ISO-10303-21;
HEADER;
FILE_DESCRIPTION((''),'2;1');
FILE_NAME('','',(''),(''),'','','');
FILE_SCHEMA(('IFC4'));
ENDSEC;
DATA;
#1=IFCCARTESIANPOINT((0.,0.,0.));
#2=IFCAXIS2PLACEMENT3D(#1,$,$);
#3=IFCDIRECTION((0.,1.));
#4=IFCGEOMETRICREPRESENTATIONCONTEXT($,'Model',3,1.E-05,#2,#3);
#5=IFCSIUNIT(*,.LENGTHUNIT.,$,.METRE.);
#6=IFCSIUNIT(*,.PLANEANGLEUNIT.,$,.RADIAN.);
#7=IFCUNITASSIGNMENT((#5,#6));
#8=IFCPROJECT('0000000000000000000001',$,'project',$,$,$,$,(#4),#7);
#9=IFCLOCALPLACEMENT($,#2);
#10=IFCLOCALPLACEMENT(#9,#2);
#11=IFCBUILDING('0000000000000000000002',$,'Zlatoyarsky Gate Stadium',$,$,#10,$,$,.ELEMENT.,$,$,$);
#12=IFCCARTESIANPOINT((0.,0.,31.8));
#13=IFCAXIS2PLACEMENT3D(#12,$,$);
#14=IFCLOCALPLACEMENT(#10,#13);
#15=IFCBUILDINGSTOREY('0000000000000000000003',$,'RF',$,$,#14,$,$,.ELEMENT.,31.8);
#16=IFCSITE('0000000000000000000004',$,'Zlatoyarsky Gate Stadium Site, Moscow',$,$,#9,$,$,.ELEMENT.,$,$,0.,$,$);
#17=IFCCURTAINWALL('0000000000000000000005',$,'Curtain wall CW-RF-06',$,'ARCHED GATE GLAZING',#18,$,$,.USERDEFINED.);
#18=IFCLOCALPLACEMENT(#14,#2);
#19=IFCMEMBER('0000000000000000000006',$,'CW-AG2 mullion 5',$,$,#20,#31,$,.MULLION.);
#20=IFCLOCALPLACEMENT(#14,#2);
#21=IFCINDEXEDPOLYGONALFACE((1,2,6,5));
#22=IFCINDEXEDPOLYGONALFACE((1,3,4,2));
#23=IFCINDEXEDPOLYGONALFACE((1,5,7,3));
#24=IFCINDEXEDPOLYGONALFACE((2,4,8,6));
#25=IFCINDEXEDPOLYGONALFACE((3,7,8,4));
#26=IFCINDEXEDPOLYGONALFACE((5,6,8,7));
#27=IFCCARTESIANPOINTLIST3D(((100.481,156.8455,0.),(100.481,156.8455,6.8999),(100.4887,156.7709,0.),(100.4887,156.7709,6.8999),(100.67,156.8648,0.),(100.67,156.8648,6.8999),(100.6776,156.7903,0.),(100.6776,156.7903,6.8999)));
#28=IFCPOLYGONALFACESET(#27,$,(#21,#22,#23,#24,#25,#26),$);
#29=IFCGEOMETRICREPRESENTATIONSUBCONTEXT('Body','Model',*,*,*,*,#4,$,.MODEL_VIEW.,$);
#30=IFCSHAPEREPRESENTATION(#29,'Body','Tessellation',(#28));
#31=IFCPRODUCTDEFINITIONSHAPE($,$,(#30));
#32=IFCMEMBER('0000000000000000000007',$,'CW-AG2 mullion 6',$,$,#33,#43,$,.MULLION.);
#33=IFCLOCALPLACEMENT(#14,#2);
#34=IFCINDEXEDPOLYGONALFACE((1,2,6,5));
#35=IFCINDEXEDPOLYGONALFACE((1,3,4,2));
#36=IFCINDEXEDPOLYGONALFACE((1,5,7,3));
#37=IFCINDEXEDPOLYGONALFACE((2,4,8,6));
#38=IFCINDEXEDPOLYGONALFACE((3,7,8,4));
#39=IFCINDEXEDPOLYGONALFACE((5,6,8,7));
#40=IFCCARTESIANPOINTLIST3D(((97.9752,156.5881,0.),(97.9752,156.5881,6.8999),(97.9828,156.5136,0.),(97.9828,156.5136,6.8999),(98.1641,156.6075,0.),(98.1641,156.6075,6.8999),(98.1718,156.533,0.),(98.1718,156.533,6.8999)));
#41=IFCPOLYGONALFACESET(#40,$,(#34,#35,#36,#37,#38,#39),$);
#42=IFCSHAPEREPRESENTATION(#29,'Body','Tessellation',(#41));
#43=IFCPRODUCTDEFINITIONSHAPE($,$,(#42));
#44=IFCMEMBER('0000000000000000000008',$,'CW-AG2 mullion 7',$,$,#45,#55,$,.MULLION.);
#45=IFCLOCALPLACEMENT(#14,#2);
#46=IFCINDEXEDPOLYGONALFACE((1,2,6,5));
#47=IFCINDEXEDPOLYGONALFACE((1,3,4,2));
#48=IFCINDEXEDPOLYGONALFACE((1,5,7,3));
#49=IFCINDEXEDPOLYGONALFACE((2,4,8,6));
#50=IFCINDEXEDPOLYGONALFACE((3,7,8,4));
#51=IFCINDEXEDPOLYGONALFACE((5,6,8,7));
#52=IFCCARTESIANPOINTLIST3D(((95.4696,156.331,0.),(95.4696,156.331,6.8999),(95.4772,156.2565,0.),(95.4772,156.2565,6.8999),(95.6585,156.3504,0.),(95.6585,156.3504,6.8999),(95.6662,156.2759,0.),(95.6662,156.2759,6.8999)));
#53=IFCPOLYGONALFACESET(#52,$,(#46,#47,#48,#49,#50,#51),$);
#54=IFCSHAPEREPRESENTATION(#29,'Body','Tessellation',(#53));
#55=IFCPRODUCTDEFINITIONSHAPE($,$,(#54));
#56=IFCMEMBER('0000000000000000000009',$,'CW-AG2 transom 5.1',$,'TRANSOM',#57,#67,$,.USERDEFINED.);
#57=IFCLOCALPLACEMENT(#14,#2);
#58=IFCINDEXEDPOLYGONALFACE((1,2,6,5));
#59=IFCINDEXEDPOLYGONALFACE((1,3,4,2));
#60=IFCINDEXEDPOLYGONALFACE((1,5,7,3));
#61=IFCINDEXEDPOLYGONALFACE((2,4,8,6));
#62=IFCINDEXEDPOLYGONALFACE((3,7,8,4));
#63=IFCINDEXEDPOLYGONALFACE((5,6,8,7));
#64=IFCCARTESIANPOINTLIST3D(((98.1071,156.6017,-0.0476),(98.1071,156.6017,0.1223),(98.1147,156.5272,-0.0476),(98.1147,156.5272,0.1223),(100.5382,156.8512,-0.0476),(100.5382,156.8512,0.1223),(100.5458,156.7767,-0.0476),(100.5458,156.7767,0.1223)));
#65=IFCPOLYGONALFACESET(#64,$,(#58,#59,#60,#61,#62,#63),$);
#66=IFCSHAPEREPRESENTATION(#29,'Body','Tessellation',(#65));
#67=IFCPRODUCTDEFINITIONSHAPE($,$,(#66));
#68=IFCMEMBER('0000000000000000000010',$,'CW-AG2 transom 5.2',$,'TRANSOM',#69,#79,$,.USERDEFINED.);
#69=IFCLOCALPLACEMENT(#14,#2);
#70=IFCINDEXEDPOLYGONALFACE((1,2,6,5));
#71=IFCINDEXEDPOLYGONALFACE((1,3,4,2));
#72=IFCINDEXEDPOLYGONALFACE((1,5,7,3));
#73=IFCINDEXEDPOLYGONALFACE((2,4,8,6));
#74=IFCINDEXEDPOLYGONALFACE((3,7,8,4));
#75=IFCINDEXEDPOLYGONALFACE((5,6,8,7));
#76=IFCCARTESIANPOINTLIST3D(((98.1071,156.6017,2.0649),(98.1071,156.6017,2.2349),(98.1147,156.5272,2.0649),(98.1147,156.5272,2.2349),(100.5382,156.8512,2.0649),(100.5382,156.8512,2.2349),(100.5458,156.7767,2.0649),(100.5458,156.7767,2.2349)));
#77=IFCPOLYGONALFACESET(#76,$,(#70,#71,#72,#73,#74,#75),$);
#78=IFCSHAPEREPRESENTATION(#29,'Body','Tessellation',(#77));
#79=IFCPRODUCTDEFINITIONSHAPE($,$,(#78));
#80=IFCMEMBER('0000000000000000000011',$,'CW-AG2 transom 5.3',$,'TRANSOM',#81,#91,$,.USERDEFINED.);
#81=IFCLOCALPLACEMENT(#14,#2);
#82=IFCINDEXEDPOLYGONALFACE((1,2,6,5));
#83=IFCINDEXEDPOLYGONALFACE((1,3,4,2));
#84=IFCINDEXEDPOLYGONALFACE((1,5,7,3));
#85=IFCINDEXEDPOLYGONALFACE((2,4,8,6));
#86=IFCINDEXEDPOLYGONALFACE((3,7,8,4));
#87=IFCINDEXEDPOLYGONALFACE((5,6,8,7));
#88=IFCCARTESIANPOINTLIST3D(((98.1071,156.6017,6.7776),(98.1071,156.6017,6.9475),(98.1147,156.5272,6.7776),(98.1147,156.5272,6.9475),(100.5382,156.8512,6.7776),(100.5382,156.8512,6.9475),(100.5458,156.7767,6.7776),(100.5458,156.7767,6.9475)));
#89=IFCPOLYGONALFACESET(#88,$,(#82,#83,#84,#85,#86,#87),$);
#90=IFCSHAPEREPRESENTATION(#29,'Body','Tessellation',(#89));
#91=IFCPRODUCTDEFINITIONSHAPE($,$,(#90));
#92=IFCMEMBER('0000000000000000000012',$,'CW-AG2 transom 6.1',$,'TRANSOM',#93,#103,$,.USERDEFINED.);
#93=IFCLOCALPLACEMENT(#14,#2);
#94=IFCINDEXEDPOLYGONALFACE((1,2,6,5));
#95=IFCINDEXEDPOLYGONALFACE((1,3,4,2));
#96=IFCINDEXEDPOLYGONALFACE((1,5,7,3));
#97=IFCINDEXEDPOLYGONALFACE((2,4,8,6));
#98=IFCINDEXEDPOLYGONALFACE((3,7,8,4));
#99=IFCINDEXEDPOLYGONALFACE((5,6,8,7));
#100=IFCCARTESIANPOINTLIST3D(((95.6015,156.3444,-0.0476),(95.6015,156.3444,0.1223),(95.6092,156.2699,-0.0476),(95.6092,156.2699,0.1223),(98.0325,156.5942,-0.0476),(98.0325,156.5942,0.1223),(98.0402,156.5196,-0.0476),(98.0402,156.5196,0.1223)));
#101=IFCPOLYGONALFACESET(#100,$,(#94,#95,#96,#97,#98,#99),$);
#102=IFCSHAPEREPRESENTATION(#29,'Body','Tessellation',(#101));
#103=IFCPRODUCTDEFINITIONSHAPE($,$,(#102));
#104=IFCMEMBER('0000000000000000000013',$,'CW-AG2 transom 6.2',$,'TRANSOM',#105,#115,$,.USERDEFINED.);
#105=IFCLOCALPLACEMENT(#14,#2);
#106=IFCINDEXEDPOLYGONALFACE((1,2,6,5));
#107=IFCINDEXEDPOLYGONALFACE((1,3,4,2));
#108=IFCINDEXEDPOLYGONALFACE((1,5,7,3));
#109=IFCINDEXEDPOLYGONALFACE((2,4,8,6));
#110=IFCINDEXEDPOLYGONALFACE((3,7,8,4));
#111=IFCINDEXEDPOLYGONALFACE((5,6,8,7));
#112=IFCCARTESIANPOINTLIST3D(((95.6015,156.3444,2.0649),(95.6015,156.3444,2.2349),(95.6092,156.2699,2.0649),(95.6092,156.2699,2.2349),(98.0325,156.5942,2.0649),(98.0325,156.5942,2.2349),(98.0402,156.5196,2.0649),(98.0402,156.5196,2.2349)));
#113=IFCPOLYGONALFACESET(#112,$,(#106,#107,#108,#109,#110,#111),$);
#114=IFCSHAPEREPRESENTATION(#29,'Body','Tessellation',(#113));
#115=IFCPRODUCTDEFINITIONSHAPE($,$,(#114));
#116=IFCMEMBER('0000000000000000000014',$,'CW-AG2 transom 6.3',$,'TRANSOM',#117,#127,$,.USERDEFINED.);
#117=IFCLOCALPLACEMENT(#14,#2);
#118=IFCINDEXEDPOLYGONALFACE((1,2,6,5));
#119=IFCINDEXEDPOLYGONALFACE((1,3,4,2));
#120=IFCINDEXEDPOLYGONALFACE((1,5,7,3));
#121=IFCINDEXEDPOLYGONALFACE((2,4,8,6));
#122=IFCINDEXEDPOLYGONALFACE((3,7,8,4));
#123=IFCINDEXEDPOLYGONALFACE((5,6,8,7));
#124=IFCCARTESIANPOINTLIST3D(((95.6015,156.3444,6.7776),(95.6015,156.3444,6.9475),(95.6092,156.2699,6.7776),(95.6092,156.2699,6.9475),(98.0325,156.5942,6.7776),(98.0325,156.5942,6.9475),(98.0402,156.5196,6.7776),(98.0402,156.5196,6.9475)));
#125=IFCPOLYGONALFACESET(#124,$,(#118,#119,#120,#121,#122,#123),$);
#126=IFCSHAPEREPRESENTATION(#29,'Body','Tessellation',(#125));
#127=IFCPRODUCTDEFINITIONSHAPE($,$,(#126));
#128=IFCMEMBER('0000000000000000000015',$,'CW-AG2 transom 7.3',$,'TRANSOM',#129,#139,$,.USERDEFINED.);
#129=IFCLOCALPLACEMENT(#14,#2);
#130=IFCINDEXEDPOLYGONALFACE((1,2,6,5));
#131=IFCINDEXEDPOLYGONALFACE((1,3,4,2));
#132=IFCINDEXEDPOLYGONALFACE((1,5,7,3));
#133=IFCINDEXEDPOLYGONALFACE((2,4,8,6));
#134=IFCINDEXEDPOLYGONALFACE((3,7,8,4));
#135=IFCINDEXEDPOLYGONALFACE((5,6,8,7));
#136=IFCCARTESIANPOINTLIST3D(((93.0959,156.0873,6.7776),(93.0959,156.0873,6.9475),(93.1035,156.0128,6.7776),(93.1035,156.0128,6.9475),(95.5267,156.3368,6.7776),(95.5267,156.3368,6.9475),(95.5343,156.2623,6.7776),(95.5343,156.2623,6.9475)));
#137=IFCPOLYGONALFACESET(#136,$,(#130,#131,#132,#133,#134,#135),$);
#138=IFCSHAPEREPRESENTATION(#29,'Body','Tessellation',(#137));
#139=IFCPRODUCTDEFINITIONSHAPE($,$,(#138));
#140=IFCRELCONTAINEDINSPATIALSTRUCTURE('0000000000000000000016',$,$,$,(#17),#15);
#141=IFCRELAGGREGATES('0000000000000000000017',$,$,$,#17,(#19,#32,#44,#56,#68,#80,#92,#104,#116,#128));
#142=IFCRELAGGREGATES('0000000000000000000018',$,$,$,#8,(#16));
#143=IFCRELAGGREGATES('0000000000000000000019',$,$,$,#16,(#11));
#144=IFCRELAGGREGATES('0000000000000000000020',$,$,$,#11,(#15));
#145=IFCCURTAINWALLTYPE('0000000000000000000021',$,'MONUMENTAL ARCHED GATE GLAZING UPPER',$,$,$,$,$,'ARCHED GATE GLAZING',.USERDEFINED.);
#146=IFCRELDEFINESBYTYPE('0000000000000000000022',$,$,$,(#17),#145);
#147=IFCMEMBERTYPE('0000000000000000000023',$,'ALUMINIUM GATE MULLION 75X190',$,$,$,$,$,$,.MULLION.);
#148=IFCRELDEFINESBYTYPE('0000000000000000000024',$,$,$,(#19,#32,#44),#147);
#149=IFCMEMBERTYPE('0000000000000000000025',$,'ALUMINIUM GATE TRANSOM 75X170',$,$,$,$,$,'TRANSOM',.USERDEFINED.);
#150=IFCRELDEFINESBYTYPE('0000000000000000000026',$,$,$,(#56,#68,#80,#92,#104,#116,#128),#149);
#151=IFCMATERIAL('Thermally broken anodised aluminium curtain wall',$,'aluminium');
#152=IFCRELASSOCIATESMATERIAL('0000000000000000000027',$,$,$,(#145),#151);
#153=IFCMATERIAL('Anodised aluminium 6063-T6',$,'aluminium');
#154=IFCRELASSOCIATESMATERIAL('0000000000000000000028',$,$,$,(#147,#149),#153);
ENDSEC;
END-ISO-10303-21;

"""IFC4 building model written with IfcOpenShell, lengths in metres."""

from ifc_helpers import new_model, si_unit, direction, frame, origin, origin_2d, place, context, subcontext, project, spatial, rectangle, extrude, material, material_profile, profile_set, type_object, element, aggregate, save


model = new_model("IFC4")

# Units and contexts
model_context = context("Model", 3, precision=1e-05, world=origin(), true_north=direction((0.0, 1.0)))
body_context = subcontext(model_context, "Body", "Model", "MODEL_VIEW")
ifc_project = project(units=[si_unit("LENGTHUNIT", "METRE"), si_unit("PLANEANGLEUNIT", "RADIAN")], contexts=[model_context])

# Site, building, storey
site_placement = place(None, origin())
site = spatial("IfcSite", under=ifc_project, at=site_placement, Name="Zlatoyarsky Gate Stadium Site, Moscow", CompositionType="ELEMENT", RefElevation=0.0)
building_placement = place(site_placement, origin())
building = spatial("IfcBuilding", under=site, at=building_placement, Name="Zlatoyarsky Gate Stadium", CompositionType="ELEMENT")
storey_placement = place(building_placement, frame((0.0, 0.0, 31.8)))
storey = spatial("IfcBuildingStorey", under=building, at=storey_placement, Name="RF", CompositionType="ELEMENT", Elevation=31.8)

# Curtain wall, members
ifc_material_1 = material(Name="Thermally broken anodised aluminium curtain wall", Category="aluminium")
curtain_wall_type = type_object("IfcCurtainWallType", Name="MONUMENTAL ARCHED GATE GLAZING UPPER", ElementType="ARCHED GATE GLAZING", PredefinedType="USERDEFINED", material=ifc_material_1)
curtain_wall_placement = place(storey_placement, origin())
curtain_wall = element("IfcCurtainWall", 1, at=curtain_wall_placement, inside=storey, type_object=curtain_wall_type, Name="Curtain wall CW-RF-06", ObjectType="ARCHED GATE GLAZING", PredefinedType="USERDEFINED")
ifc_material_2 = material(Name="Anodised aluminium 6063-T6", Category="aluminium")
ifc_material_profile_1 = material_profile(ifc_material_2, rectangle(XDim=0.075, YDim=0.1899, at=origin_2d()), Name="ALU 75X190")
ifc_profile_set_1 = profile_set([ifc_material_profile_1], Name="Anodised aluminium 6063-T6")
member_type_1 = type_object("IfcMemberType", Name="ALUMINIUM GATE MULLION 75X190", PredefinedType="MULLION", material=ifc_profile_set_1)
member_1_placement = place(storey_placement, frame((100.5793, 156.8179, 0.0), z_axis=(0.0, 0.0, 1.0), x_axis=(0.102125, -0.994772, 0.0)))
member_1 = element("IfcMember", 2, at=member_1_placement, type_object=member_type_1, Name="CW-AG2 mullion 5", PredefinedType="MULLION", context=body_context, shape_type="SweptSolid", body=[
    extrude(rectangle(XDim=0.075, YDim=0.1899, at=origin_2d()), origin(), (0.0, 0.0, 1.0), 6.8999),
])
member_2_placement = place(storey_placement, frame((98.0735, 156.5605, 0.0), z_axis=(0.0, 0.0, 1.0), x_axis=(0.102125, -0.994772, 0.0)))
member_2 = element("IfcMember", 3, at=member_2_placement, type_object=member_type_1, Name="CW-AG2 mullion 6", PredefinedType="MULLION", context=body_context, shape_type="SweptSolid", body=[
    extrude(rectangle(XDim=0.075, YDim=0.1899, at=origin_2d()), origin(), (0.0, 0.0, 1.0), 6.8999),
])
member_3_placement = place(storey_placement, frame((95.5679, 156.3035, 0.0), z_axis=(0.0, 0.0, 1.0), x_axis=(0.102125, -0.994772, 0.0)))
member_3 = element("IfcMember", 4, at=member_3_placement, type_object=member_type_1, Name="CW-AG2 mullion 7", PredefinedType="MULLION", context=body_context, shape_type="SweptSolid", body=[
    extrude(rectangle(XDim=0.075, YDim=0.1899, at=origin_2d()), origin(), (0.0, 0.0, 1.0), 6.8999),
])
ifc_material_profile_2 = material_profile(ifc_material_2, rectangle(XDim=0.075, YDim=0.1699, at=origin_2d()), Name="ALU 75X170")
ifc_profile_set_2 = profile_set([ifc_material_profile_2], Name="Anodised aluminium 6063-T6")
member_type_2 = type_object("IfcMemberType", Name="ALUMINIUM GATE TRANSOM 75X170", ElementType="TRANSOM", PredefinedType="USERDEFINED", material=ifc_profile_set_2)
member_4_placement = place(storey_placement, frame((100.542, 156.814, 0.0374), z_axis=(-0.994775, -0.102095, 0.0), x_axis=(0.102095, -0.994775, 0.0)))
member_4 = element("IfcMember", 5, at=member_4_placement, type_object=member_type_2, Name="CW-AG2 transom 5.1", ObjectType="TRANSOM", PredefinedType="USERDEFINED", context=body_context, shape_type="SweptSolid", body=[
    extrude(rectangle(XDim=0.075, YDim=0.1699, at=origin_2d()), origin(), (0.0, 0.0, 1.0), 2.4438),
])
member_5_placement = place(storey_placement, frame((100.542, 156.814, 2.1499), z_axis=(-0.994775, -0.102095, 0.0), x_axis=(0.102095, -0.994775, 0.0)))
member_5 = element("IfcMember", 6, at=member_5_placement, type_object=member_type_2, Name="CW-AG2 transom 5.2", ObjectType="TRANSOM", PredefinedType="USERDEFINED", context=body_context, shape_type="SweptSolid", body=[
    extrude(rectangle(XDim=0.075, YDim=0.1699, at=origin_2d()), origin(), (0.0, 0.0, 1.0), 2.4438),
])
member_6_placement = place(storey_placement, frame((100.542, 156.814, 6.8625), z_axis=(-0.994775, -0.102095, 0.0), x_axis=(0.102095, -0.994775, 0.0)))
member_6 = element("IfcMember", 7, at=member_6_placement, type_object=member_type_2, Name="CW-AG2 transom 5.3", ObjectType="TRANSOM", PredefinedType="USERDEFINED", context=body_context, shape_type="SweptSolid", body=[
    extrude(rectangle(XDim=0.075, YDim=0.1699, at=origin_2d()), origin(), (0.0, 0.0, 1.0), 2.4438),
])
member_7_placement = place(storey_placement, frame((98.0364, 156.5569, 0.0374), z_axis=(-0.994765, -0.102194, 0.0), x_axis=(0.102194, -0.994765, 0.0)))
member_7 = element("IfcMember", 8, at=member_7_placement, type_object=member_type_2, Name="CW-AG2 transom 6.1", ObjectType="TRANSOM", PredefinedType="USERDEFINED", context=body_context, shape_type="SweptSolid", body=[
    extrude(rectangle(XDim=0.075, YDim=0.1699, at=origin_2d()), origin(), (0.0, 0.0, 1.0), 2.4438),
])
member_8_placement = place(storey_placement, frame((98.0364, 156.5569, 2.1499), z_axis=(-0.994765, -0.102194, 0.0), x_axis=(0.102194, -0.994765, 0.0)))
member_8 = element("IfcMember", 9, at=member_8_placement, type_object=member_type_2, Name="CW-AG2 transom 6.2", ObjectType="TRANSOM", PredefinedType="USERDEFINED", context=body_context, shape_type="SweptSolid", body=[
    extrude(rectangle(XDim=0.075, YDim=0.1699, at=origin_2d()), origin(), (0.0, 0.0, 1.0), 2.4438),
])
member_9_placement = place(storey_placement, frame((98.0364, 156.5569, 6.8625), z_axis=(-0.994765, -0.102194, 0.0), x_axis=(0.102194, -0.994765, 0.0)))
member_9 = element("IfcMember", 10, at=member_9_placement, type_object=member_type_2, Name="CW-AG2 transom 6.3", ObjectType="TRANSOM", PredefinedType="USERDEFINED", context=body_context, shape_type="SweptSolid", body=[
    extrude(rectangle(XDim=0.075, YDim=0.1699, at=origin_2d()), origin(), (0.0, 0.0, 1.0), 2.4438),
])
member_10_placement = place(storey_placement, frame((95.5305, 156.2996, 6.8625), z_axis=(-0.994774, -0.102105, 0.0), x_axis=(0.102105, -0.994774, 0.0)))
member_10 = element("IfcMember", 11, at=member_10_placement, type_object=member_type_2, Name="CW-AG2 transom 7.3", ObjectType="TRANSOM", PredefinedType="USERDEFINED", context=body_context, shape_type="SweptSolid", body=[
    extrude(rectangle(XDim=0.075, YDim=0.1699, at=origin_2d()), origin(), (0.0, 0.0, 1.0), 2.4436),
])

aggregate(curtain_wall, [member_1, member_2, member_3, member_4, member_5, member_6, member_7, member_8, member_9, member_10])

save(model, "model.ifc")
